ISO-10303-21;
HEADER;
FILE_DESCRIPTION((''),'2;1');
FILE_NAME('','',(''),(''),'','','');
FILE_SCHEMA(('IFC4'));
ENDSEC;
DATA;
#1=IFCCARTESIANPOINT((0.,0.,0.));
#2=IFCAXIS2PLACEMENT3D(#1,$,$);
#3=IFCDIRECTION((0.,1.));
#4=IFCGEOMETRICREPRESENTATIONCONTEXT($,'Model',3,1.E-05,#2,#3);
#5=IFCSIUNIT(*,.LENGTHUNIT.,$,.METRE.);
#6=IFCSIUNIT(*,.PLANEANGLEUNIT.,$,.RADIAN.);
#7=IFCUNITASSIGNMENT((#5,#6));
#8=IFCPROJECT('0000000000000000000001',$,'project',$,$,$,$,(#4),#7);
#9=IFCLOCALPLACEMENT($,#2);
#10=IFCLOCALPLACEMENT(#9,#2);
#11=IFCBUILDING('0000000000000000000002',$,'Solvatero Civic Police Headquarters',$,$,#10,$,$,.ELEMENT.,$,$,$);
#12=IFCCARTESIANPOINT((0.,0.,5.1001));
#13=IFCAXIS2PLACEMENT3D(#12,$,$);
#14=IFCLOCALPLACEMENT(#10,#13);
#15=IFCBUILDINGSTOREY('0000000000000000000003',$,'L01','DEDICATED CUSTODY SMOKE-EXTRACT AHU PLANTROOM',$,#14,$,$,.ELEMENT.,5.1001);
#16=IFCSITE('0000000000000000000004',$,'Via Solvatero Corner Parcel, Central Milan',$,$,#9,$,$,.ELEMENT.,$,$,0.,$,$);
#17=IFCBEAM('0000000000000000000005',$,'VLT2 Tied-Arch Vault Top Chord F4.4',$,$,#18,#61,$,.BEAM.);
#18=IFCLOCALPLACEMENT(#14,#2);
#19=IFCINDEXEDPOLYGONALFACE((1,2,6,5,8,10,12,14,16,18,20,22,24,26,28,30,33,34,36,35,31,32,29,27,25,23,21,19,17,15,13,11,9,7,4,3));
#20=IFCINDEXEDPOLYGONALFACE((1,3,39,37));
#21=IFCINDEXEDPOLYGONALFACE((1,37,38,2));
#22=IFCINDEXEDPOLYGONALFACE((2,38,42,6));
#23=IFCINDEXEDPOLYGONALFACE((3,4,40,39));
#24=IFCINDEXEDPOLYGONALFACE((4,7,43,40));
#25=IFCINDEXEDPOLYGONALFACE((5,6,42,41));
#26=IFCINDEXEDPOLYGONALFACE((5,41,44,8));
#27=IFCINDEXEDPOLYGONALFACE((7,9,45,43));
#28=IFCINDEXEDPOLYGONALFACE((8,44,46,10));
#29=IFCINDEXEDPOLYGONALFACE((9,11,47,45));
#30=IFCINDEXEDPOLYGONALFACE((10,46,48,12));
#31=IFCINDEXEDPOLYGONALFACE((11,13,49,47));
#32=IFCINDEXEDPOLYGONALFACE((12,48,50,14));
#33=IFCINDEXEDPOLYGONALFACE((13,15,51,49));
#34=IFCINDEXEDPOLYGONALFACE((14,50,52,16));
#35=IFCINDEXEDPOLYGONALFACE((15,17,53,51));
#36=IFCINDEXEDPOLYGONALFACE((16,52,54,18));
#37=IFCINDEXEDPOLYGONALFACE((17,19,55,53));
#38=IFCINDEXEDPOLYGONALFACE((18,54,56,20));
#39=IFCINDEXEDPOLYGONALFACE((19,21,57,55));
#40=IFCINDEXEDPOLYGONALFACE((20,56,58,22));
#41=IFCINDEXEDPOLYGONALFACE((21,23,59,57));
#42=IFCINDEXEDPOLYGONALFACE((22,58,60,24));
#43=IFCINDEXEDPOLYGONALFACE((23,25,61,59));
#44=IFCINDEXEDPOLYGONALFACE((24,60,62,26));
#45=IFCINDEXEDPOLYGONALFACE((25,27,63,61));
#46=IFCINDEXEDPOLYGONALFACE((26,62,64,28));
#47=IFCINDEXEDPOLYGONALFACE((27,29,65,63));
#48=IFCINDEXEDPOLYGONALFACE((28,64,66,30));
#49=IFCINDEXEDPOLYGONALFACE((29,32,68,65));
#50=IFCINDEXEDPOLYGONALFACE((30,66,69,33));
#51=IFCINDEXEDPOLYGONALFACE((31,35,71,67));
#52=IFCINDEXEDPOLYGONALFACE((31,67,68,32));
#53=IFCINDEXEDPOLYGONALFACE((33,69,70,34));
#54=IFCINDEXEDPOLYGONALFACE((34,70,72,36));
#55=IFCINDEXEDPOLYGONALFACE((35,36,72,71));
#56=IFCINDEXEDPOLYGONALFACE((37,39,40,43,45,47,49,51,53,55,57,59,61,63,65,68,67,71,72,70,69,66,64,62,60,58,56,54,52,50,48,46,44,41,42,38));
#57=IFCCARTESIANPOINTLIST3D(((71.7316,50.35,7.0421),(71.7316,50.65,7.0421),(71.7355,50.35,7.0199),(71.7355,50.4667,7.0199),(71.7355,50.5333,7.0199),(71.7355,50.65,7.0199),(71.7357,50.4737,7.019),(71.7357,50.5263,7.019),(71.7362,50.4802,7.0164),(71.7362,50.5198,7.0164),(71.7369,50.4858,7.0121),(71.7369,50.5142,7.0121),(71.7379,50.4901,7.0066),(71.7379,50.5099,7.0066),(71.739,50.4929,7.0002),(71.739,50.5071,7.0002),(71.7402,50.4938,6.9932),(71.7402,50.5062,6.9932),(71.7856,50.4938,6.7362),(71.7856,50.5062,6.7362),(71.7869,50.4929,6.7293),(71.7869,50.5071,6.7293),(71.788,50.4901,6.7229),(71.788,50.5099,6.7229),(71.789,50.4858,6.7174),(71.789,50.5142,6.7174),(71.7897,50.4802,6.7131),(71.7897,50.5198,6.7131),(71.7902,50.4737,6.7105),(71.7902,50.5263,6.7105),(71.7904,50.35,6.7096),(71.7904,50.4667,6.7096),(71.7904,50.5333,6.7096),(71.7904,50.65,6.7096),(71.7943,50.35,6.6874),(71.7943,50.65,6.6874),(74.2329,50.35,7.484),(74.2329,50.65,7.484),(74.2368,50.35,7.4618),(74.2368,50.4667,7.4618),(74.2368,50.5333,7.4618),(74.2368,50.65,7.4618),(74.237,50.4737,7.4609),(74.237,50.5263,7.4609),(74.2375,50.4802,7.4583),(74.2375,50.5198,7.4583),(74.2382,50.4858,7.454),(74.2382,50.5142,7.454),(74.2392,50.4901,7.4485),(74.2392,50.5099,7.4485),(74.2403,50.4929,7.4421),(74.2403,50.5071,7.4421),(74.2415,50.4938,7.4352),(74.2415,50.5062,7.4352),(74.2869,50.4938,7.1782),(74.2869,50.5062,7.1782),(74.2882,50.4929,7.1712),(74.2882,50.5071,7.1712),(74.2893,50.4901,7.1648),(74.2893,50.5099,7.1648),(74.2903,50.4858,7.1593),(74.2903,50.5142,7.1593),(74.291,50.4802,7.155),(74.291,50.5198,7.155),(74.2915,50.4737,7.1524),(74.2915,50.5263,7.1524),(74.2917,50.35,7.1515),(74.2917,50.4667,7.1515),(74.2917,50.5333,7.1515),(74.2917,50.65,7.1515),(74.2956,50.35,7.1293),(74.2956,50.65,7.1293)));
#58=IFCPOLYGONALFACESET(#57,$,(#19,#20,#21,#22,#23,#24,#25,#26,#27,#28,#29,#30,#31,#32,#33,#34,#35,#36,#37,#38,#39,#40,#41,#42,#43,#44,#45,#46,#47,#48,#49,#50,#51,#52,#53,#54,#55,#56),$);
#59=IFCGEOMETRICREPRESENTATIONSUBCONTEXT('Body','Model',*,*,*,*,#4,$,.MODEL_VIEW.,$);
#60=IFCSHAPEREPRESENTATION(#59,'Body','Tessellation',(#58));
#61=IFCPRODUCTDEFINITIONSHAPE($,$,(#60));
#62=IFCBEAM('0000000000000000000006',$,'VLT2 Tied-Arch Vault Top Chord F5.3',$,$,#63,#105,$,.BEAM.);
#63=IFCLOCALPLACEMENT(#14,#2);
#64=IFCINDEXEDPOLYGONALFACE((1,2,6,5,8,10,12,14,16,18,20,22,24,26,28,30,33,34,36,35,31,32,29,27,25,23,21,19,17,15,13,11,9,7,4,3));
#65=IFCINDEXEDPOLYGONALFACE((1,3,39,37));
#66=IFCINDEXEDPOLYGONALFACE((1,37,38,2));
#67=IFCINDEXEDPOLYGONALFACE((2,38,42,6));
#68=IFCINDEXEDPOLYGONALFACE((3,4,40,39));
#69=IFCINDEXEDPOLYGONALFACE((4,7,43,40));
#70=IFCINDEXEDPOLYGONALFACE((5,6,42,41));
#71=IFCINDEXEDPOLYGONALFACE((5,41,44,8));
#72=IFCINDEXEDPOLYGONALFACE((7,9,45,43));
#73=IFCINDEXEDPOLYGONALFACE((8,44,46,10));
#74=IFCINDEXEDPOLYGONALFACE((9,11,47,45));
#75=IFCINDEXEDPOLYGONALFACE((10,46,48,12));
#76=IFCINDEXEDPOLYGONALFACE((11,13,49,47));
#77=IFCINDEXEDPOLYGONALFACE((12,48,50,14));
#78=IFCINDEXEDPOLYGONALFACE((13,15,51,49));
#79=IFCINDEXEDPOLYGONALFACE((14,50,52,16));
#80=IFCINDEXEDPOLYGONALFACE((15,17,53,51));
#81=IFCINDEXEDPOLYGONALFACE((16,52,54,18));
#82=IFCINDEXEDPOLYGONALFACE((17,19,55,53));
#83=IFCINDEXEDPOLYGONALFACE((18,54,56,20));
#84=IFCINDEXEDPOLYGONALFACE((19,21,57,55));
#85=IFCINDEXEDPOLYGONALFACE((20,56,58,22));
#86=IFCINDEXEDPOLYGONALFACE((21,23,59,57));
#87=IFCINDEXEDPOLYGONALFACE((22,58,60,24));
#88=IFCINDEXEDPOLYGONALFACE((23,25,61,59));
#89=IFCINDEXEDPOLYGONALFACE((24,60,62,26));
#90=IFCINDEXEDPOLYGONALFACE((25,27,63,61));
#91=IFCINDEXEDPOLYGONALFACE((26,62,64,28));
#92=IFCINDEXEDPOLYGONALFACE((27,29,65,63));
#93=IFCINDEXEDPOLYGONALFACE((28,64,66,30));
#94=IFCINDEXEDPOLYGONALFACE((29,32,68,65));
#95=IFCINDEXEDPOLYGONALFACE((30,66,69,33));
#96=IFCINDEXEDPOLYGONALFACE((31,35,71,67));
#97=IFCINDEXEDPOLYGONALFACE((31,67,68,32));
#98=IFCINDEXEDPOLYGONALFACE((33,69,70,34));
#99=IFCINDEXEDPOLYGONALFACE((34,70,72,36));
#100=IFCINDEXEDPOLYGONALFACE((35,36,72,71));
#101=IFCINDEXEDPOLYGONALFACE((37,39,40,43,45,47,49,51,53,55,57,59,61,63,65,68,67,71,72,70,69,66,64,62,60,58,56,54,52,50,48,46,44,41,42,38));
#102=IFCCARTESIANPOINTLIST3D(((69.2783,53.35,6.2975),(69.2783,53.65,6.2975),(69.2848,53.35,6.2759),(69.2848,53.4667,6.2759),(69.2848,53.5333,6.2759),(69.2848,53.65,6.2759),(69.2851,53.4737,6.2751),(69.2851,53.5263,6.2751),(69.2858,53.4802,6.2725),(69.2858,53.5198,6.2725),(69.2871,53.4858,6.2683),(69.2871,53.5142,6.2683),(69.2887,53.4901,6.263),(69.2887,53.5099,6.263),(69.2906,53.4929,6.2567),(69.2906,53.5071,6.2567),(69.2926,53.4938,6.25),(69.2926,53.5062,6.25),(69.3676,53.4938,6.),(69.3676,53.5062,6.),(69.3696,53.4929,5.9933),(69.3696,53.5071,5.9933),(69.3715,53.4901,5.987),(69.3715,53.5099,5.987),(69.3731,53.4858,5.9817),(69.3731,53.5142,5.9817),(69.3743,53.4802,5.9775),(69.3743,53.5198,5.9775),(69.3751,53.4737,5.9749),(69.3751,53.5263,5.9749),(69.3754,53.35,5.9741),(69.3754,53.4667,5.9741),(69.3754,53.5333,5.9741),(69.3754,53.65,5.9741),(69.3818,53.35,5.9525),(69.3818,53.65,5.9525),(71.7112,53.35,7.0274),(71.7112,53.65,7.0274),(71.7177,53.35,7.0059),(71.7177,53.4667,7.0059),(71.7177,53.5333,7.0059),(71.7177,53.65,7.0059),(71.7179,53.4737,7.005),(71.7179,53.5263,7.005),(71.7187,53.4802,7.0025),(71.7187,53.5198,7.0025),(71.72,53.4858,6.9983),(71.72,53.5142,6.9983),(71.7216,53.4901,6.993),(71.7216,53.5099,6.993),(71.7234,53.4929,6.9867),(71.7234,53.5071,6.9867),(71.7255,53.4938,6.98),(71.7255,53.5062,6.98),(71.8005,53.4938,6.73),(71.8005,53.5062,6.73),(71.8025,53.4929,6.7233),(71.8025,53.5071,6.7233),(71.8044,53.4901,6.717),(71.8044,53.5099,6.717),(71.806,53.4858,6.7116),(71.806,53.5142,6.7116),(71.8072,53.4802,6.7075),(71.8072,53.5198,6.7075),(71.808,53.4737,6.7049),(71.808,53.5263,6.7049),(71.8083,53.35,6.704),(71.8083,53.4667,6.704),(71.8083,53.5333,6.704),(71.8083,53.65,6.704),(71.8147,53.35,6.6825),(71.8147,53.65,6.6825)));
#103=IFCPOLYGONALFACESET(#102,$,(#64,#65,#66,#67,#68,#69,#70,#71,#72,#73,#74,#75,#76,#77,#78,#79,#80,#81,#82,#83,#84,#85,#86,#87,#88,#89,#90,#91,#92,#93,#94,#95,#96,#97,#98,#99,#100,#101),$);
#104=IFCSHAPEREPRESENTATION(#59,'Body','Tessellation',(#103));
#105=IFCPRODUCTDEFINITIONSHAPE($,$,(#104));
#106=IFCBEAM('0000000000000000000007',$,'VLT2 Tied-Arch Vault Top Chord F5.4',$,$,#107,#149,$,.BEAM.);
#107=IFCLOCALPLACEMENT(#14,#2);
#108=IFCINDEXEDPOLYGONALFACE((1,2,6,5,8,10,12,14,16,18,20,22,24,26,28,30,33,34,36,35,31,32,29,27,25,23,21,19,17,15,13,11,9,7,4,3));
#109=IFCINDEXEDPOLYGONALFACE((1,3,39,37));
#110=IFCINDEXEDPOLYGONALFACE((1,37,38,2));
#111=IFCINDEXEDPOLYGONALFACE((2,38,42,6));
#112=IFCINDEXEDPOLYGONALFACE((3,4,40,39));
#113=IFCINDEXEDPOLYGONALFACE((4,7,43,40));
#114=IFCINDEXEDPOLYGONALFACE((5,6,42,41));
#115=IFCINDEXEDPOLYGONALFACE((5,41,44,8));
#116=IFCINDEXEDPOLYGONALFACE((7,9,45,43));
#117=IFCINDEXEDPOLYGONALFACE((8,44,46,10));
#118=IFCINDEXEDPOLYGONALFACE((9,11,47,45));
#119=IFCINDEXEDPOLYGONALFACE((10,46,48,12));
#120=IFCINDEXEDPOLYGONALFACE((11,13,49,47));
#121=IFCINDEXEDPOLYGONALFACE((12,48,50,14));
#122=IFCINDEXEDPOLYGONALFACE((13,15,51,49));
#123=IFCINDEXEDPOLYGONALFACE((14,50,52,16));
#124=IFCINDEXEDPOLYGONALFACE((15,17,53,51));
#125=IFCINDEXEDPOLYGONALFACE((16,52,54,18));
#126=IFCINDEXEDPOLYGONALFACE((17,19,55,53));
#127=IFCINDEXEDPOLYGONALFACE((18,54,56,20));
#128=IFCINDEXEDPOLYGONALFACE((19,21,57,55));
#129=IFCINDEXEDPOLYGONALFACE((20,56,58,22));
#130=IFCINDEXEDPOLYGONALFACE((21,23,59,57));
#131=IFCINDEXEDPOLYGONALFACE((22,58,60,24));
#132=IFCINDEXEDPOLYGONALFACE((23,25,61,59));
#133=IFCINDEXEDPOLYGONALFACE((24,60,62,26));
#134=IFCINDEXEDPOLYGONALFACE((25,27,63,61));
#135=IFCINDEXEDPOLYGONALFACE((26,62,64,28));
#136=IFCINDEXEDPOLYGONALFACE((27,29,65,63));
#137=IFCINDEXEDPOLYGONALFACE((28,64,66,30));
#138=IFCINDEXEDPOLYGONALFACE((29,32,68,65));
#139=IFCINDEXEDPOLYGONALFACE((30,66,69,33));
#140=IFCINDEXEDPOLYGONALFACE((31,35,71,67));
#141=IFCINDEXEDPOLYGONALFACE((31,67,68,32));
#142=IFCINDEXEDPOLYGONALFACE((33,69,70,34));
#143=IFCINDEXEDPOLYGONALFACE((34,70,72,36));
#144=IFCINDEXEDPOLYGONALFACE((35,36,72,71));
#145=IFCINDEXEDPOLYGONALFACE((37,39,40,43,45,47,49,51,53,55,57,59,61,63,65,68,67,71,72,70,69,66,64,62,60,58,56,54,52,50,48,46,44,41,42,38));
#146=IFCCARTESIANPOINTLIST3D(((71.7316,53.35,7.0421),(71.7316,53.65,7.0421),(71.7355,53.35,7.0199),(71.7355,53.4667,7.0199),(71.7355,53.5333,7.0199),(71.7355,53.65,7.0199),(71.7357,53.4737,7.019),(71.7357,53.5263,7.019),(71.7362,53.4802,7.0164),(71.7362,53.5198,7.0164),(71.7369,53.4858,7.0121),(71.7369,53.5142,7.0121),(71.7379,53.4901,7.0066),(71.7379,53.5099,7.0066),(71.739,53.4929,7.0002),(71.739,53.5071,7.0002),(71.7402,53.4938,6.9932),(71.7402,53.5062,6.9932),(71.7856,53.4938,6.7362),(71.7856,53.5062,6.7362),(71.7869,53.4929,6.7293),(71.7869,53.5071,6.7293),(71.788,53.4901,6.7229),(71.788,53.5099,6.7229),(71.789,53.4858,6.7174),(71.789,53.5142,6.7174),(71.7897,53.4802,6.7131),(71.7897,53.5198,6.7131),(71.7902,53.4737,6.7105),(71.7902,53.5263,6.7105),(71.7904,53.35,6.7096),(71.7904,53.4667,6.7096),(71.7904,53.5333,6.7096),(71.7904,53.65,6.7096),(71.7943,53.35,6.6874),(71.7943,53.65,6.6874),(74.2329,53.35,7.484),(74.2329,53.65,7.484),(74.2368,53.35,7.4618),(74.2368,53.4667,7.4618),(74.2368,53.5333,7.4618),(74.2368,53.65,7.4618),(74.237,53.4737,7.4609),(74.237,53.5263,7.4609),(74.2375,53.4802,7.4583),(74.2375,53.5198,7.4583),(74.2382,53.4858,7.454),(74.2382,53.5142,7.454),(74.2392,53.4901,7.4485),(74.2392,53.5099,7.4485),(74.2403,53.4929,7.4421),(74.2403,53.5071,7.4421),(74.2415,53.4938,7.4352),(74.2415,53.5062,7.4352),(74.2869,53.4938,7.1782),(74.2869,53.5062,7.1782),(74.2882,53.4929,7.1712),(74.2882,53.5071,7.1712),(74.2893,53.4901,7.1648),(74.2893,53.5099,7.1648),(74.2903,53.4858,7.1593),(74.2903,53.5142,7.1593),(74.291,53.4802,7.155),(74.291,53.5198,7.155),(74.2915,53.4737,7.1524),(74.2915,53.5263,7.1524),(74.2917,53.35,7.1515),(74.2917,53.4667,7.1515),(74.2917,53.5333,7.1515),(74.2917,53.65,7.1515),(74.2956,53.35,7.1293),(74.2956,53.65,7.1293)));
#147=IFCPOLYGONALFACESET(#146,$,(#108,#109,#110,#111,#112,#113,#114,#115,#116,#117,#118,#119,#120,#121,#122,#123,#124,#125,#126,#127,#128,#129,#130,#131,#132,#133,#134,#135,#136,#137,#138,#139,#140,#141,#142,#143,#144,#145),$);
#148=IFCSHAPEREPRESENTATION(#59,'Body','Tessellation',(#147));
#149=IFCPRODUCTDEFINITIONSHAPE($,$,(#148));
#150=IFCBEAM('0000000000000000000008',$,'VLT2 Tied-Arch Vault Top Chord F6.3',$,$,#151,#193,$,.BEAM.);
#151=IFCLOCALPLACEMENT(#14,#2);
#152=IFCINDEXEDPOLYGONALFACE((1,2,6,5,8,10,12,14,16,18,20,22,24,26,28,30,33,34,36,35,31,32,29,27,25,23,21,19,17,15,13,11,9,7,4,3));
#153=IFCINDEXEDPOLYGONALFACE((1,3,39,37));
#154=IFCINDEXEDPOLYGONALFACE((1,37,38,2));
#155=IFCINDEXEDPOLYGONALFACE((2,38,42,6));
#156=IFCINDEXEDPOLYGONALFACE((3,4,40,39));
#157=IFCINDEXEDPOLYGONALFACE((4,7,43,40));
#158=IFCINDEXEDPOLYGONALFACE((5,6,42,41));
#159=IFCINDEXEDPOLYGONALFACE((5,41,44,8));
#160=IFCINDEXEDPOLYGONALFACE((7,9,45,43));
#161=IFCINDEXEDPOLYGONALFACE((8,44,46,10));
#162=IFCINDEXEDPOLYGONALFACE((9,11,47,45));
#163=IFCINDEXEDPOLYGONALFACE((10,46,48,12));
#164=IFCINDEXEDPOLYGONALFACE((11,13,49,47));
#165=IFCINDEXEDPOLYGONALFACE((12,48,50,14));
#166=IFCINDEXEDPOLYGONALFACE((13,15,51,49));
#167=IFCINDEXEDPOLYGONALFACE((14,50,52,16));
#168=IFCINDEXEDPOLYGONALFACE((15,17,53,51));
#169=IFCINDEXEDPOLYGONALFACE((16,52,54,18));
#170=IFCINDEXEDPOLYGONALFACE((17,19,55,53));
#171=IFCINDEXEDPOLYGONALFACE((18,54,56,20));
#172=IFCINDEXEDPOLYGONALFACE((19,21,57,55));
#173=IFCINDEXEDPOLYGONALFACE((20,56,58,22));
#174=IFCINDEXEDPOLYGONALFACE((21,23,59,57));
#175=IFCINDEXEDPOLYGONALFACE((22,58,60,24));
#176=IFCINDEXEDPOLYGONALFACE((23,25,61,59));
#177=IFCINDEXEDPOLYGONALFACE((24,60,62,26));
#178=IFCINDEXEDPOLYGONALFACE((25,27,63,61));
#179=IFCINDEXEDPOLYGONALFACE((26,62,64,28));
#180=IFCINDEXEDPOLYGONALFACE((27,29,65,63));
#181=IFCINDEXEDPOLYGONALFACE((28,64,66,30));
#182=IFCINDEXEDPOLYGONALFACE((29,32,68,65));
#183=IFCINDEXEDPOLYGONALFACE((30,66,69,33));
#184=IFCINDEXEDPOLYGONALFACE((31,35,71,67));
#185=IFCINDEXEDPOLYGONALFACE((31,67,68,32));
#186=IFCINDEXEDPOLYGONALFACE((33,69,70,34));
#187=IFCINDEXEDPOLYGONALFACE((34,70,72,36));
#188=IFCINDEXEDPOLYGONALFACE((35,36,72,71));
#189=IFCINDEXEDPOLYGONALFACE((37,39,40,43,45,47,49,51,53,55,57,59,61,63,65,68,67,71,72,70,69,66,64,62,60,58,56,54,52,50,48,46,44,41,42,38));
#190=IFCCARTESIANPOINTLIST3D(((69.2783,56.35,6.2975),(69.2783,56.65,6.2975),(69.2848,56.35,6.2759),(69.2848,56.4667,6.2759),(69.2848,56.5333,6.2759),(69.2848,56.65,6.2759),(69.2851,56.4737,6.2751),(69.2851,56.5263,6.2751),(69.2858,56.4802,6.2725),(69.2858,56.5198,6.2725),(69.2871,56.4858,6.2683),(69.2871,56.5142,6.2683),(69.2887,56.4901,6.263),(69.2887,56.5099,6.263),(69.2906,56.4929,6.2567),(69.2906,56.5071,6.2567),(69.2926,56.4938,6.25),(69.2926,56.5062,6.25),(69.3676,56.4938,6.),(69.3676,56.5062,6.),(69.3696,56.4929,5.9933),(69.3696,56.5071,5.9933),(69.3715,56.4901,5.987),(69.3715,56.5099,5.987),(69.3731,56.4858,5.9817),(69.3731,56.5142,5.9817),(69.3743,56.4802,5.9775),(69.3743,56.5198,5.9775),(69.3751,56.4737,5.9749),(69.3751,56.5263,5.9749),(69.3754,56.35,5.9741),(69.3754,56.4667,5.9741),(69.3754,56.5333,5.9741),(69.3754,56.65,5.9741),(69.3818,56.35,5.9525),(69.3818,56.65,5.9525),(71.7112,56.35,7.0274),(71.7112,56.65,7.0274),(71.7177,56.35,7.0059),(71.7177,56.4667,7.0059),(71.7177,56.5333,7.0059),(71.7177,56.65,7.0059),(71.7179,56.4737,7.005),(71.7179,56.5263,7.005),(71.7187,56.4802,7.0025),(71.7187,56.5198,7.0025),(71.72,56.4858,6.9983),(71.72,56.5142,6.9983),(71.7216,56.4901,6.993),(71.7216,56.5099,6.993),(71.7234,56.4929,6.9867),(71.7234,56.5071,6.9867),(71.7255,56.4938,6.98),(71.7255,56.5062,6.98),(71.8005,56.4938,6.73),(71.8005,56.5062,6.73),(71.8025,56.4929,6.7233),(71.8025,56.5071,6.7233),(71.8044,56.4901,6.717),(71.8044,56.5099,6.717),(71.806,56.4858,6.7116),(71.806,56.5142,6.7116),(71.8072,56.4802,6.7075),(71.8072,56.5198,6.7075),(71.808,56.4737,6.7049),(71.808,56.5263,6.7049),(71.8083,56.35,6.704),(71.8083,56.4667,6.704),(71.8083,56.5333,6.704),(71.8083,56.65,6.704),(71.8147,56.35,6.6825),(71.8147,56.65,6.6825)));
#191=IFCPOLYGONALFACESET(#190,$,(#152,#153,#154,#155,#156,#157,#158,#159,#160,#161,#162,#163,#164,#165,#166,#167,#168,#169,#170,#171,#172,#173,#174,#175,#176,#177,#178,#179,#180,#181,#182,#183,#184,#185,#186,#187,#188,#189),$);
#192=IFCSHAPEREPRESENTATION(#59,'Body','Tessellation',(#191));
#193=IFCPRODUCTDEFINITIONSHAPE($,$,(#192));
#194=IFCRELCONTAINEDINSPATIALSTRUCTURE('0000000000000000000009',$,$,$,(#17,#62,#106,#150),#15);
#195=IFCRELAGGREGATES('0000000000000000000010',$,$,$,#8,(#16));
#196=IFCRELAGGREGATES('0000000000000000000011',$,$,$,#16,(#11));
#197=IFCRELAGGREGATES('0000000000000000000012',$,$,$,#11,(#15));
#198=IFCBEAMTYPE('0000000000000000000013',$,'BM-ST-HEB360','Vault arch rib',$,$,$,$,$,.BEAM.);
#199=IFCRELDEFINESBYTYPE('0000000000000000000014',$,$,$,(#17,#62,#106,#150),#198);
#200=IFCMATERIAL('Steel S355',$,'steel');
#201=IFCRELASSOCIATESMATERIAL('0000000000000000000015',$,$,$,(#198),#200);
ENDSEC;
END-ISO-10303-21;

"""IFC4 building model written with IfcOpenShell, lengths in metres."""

from ifc_helpers import new_model, si_unit, direction, frame, origin, origin_2d, place, context, subcontext, project, spatial, i_section, extrude, material, material_profile, profile_set, type_object, element, save


model = new_model("IFC4")

# Units and contexts
model_context = context("Model", 3, precision=1e-05, world=origin(), true_north=direction((0.0, 1.0)))
body_context = subcontext(model_context, "Body", "Model", "MODEL_VIEW")
ifc_project = project(units=[si_unit("LENGTHUNIT", "METRE"), si_unit("PLANEANGLEUNIT", "RADIAN")], contexts=[model_context])

# Site, building, storey
site_placement = place(None, origin())
site = spatial("IfcSite", under=ifc_project, at=site_placement, Name="Via Solvatero Corner Parcel, Central Milan", CompositionType="ELEMENT", RefElevation=0.0)
building_placement = place(site_placement, origin())
building = spatial("IfcBuilding", under=site, at=building_placement, Name="Solvatero Civic Police Headquarters", CompositionType="ELEMENT")
storey_placement = place(building_placement, frame((0.0, 0.0, 5.1001)))
storey = spatial("IfcBuildingStorey", under=building, at=storey_placement, Name="L01", Description="DEDICATED CUSTODY SMOKE-EXTRACT AHU PLANTROOM", CompositionType="ELEMENT", Elevation=5.1001)

# Beams
ifc_material = material(Name="Steel S355", Category="steel")
ifc_material_profile_1 = material_profile(ifc_material, i_section(OverallWidth=0.3, OverallDepth=0.3601, WebThickness=0.0125, FlangeThickness=0.0225, FilletRadius=0.0271, at=origin_2d()), Name="HEB 360")
ifc_profile_set_1 = profile_set([ifc_material_profile_1], Name="Steel S355")
beam_type_1 = type_object("IfcBeamType", Name="BM-ST-HEB360", Description="Vault arch rib", PredefinedType="BEAM", material=ifc_profile_set_1)
for number, where, z_axis, x_axis, name in (
    (1, (71.7629, 50.5, 6.8647), (0.98475, 0.0, 0.173977), (0.0, 1.0, 0.0), "VLT2 Tied-Arch Vault Top Chord F4.4"),
    (2, (69.3301, 53.5, 6.125), (0.957813, 0.0, 0.287392), (0.0, 1.0, 0.0), "VLT2 Tied-Arch Vault Top Chord F5.3"),
    (3, (71.7629, 53.5, 6.8647), (0.98475, 0.0, 0.173977), (0.0, 1.0, 0.0), "VLT2 Tied-Arch Vault Top Chord F5.4"),
    (4, (69.3301, 56.5, 6.125), (0.957813, 0.0, 0.287392), (0.0, 1.0, 0.0), "VLT2 Tied-Arch Vault Top Chord F6.3"),
):
    element("IfcBeam", number, at=place(storey_placement, frame(where, z_axis=z_axis, x_axis=x_axis)), inside=storey, type_object=beam_type_1, Name=name, PredefinedType="BEAM", context=body_context, shape_type="SweptSolid", body=[
        extrude(i_section(OverallWidth=0.3, OverallDepth=0.3601, WebThickness=0.0125, FlangeThickness=0.0225, FilletRadius=0.0271, at=origin_2d()), origin(), (0.0, 0.0, 1.0), 2.54),
    ])

save(model, "model.ifc")
